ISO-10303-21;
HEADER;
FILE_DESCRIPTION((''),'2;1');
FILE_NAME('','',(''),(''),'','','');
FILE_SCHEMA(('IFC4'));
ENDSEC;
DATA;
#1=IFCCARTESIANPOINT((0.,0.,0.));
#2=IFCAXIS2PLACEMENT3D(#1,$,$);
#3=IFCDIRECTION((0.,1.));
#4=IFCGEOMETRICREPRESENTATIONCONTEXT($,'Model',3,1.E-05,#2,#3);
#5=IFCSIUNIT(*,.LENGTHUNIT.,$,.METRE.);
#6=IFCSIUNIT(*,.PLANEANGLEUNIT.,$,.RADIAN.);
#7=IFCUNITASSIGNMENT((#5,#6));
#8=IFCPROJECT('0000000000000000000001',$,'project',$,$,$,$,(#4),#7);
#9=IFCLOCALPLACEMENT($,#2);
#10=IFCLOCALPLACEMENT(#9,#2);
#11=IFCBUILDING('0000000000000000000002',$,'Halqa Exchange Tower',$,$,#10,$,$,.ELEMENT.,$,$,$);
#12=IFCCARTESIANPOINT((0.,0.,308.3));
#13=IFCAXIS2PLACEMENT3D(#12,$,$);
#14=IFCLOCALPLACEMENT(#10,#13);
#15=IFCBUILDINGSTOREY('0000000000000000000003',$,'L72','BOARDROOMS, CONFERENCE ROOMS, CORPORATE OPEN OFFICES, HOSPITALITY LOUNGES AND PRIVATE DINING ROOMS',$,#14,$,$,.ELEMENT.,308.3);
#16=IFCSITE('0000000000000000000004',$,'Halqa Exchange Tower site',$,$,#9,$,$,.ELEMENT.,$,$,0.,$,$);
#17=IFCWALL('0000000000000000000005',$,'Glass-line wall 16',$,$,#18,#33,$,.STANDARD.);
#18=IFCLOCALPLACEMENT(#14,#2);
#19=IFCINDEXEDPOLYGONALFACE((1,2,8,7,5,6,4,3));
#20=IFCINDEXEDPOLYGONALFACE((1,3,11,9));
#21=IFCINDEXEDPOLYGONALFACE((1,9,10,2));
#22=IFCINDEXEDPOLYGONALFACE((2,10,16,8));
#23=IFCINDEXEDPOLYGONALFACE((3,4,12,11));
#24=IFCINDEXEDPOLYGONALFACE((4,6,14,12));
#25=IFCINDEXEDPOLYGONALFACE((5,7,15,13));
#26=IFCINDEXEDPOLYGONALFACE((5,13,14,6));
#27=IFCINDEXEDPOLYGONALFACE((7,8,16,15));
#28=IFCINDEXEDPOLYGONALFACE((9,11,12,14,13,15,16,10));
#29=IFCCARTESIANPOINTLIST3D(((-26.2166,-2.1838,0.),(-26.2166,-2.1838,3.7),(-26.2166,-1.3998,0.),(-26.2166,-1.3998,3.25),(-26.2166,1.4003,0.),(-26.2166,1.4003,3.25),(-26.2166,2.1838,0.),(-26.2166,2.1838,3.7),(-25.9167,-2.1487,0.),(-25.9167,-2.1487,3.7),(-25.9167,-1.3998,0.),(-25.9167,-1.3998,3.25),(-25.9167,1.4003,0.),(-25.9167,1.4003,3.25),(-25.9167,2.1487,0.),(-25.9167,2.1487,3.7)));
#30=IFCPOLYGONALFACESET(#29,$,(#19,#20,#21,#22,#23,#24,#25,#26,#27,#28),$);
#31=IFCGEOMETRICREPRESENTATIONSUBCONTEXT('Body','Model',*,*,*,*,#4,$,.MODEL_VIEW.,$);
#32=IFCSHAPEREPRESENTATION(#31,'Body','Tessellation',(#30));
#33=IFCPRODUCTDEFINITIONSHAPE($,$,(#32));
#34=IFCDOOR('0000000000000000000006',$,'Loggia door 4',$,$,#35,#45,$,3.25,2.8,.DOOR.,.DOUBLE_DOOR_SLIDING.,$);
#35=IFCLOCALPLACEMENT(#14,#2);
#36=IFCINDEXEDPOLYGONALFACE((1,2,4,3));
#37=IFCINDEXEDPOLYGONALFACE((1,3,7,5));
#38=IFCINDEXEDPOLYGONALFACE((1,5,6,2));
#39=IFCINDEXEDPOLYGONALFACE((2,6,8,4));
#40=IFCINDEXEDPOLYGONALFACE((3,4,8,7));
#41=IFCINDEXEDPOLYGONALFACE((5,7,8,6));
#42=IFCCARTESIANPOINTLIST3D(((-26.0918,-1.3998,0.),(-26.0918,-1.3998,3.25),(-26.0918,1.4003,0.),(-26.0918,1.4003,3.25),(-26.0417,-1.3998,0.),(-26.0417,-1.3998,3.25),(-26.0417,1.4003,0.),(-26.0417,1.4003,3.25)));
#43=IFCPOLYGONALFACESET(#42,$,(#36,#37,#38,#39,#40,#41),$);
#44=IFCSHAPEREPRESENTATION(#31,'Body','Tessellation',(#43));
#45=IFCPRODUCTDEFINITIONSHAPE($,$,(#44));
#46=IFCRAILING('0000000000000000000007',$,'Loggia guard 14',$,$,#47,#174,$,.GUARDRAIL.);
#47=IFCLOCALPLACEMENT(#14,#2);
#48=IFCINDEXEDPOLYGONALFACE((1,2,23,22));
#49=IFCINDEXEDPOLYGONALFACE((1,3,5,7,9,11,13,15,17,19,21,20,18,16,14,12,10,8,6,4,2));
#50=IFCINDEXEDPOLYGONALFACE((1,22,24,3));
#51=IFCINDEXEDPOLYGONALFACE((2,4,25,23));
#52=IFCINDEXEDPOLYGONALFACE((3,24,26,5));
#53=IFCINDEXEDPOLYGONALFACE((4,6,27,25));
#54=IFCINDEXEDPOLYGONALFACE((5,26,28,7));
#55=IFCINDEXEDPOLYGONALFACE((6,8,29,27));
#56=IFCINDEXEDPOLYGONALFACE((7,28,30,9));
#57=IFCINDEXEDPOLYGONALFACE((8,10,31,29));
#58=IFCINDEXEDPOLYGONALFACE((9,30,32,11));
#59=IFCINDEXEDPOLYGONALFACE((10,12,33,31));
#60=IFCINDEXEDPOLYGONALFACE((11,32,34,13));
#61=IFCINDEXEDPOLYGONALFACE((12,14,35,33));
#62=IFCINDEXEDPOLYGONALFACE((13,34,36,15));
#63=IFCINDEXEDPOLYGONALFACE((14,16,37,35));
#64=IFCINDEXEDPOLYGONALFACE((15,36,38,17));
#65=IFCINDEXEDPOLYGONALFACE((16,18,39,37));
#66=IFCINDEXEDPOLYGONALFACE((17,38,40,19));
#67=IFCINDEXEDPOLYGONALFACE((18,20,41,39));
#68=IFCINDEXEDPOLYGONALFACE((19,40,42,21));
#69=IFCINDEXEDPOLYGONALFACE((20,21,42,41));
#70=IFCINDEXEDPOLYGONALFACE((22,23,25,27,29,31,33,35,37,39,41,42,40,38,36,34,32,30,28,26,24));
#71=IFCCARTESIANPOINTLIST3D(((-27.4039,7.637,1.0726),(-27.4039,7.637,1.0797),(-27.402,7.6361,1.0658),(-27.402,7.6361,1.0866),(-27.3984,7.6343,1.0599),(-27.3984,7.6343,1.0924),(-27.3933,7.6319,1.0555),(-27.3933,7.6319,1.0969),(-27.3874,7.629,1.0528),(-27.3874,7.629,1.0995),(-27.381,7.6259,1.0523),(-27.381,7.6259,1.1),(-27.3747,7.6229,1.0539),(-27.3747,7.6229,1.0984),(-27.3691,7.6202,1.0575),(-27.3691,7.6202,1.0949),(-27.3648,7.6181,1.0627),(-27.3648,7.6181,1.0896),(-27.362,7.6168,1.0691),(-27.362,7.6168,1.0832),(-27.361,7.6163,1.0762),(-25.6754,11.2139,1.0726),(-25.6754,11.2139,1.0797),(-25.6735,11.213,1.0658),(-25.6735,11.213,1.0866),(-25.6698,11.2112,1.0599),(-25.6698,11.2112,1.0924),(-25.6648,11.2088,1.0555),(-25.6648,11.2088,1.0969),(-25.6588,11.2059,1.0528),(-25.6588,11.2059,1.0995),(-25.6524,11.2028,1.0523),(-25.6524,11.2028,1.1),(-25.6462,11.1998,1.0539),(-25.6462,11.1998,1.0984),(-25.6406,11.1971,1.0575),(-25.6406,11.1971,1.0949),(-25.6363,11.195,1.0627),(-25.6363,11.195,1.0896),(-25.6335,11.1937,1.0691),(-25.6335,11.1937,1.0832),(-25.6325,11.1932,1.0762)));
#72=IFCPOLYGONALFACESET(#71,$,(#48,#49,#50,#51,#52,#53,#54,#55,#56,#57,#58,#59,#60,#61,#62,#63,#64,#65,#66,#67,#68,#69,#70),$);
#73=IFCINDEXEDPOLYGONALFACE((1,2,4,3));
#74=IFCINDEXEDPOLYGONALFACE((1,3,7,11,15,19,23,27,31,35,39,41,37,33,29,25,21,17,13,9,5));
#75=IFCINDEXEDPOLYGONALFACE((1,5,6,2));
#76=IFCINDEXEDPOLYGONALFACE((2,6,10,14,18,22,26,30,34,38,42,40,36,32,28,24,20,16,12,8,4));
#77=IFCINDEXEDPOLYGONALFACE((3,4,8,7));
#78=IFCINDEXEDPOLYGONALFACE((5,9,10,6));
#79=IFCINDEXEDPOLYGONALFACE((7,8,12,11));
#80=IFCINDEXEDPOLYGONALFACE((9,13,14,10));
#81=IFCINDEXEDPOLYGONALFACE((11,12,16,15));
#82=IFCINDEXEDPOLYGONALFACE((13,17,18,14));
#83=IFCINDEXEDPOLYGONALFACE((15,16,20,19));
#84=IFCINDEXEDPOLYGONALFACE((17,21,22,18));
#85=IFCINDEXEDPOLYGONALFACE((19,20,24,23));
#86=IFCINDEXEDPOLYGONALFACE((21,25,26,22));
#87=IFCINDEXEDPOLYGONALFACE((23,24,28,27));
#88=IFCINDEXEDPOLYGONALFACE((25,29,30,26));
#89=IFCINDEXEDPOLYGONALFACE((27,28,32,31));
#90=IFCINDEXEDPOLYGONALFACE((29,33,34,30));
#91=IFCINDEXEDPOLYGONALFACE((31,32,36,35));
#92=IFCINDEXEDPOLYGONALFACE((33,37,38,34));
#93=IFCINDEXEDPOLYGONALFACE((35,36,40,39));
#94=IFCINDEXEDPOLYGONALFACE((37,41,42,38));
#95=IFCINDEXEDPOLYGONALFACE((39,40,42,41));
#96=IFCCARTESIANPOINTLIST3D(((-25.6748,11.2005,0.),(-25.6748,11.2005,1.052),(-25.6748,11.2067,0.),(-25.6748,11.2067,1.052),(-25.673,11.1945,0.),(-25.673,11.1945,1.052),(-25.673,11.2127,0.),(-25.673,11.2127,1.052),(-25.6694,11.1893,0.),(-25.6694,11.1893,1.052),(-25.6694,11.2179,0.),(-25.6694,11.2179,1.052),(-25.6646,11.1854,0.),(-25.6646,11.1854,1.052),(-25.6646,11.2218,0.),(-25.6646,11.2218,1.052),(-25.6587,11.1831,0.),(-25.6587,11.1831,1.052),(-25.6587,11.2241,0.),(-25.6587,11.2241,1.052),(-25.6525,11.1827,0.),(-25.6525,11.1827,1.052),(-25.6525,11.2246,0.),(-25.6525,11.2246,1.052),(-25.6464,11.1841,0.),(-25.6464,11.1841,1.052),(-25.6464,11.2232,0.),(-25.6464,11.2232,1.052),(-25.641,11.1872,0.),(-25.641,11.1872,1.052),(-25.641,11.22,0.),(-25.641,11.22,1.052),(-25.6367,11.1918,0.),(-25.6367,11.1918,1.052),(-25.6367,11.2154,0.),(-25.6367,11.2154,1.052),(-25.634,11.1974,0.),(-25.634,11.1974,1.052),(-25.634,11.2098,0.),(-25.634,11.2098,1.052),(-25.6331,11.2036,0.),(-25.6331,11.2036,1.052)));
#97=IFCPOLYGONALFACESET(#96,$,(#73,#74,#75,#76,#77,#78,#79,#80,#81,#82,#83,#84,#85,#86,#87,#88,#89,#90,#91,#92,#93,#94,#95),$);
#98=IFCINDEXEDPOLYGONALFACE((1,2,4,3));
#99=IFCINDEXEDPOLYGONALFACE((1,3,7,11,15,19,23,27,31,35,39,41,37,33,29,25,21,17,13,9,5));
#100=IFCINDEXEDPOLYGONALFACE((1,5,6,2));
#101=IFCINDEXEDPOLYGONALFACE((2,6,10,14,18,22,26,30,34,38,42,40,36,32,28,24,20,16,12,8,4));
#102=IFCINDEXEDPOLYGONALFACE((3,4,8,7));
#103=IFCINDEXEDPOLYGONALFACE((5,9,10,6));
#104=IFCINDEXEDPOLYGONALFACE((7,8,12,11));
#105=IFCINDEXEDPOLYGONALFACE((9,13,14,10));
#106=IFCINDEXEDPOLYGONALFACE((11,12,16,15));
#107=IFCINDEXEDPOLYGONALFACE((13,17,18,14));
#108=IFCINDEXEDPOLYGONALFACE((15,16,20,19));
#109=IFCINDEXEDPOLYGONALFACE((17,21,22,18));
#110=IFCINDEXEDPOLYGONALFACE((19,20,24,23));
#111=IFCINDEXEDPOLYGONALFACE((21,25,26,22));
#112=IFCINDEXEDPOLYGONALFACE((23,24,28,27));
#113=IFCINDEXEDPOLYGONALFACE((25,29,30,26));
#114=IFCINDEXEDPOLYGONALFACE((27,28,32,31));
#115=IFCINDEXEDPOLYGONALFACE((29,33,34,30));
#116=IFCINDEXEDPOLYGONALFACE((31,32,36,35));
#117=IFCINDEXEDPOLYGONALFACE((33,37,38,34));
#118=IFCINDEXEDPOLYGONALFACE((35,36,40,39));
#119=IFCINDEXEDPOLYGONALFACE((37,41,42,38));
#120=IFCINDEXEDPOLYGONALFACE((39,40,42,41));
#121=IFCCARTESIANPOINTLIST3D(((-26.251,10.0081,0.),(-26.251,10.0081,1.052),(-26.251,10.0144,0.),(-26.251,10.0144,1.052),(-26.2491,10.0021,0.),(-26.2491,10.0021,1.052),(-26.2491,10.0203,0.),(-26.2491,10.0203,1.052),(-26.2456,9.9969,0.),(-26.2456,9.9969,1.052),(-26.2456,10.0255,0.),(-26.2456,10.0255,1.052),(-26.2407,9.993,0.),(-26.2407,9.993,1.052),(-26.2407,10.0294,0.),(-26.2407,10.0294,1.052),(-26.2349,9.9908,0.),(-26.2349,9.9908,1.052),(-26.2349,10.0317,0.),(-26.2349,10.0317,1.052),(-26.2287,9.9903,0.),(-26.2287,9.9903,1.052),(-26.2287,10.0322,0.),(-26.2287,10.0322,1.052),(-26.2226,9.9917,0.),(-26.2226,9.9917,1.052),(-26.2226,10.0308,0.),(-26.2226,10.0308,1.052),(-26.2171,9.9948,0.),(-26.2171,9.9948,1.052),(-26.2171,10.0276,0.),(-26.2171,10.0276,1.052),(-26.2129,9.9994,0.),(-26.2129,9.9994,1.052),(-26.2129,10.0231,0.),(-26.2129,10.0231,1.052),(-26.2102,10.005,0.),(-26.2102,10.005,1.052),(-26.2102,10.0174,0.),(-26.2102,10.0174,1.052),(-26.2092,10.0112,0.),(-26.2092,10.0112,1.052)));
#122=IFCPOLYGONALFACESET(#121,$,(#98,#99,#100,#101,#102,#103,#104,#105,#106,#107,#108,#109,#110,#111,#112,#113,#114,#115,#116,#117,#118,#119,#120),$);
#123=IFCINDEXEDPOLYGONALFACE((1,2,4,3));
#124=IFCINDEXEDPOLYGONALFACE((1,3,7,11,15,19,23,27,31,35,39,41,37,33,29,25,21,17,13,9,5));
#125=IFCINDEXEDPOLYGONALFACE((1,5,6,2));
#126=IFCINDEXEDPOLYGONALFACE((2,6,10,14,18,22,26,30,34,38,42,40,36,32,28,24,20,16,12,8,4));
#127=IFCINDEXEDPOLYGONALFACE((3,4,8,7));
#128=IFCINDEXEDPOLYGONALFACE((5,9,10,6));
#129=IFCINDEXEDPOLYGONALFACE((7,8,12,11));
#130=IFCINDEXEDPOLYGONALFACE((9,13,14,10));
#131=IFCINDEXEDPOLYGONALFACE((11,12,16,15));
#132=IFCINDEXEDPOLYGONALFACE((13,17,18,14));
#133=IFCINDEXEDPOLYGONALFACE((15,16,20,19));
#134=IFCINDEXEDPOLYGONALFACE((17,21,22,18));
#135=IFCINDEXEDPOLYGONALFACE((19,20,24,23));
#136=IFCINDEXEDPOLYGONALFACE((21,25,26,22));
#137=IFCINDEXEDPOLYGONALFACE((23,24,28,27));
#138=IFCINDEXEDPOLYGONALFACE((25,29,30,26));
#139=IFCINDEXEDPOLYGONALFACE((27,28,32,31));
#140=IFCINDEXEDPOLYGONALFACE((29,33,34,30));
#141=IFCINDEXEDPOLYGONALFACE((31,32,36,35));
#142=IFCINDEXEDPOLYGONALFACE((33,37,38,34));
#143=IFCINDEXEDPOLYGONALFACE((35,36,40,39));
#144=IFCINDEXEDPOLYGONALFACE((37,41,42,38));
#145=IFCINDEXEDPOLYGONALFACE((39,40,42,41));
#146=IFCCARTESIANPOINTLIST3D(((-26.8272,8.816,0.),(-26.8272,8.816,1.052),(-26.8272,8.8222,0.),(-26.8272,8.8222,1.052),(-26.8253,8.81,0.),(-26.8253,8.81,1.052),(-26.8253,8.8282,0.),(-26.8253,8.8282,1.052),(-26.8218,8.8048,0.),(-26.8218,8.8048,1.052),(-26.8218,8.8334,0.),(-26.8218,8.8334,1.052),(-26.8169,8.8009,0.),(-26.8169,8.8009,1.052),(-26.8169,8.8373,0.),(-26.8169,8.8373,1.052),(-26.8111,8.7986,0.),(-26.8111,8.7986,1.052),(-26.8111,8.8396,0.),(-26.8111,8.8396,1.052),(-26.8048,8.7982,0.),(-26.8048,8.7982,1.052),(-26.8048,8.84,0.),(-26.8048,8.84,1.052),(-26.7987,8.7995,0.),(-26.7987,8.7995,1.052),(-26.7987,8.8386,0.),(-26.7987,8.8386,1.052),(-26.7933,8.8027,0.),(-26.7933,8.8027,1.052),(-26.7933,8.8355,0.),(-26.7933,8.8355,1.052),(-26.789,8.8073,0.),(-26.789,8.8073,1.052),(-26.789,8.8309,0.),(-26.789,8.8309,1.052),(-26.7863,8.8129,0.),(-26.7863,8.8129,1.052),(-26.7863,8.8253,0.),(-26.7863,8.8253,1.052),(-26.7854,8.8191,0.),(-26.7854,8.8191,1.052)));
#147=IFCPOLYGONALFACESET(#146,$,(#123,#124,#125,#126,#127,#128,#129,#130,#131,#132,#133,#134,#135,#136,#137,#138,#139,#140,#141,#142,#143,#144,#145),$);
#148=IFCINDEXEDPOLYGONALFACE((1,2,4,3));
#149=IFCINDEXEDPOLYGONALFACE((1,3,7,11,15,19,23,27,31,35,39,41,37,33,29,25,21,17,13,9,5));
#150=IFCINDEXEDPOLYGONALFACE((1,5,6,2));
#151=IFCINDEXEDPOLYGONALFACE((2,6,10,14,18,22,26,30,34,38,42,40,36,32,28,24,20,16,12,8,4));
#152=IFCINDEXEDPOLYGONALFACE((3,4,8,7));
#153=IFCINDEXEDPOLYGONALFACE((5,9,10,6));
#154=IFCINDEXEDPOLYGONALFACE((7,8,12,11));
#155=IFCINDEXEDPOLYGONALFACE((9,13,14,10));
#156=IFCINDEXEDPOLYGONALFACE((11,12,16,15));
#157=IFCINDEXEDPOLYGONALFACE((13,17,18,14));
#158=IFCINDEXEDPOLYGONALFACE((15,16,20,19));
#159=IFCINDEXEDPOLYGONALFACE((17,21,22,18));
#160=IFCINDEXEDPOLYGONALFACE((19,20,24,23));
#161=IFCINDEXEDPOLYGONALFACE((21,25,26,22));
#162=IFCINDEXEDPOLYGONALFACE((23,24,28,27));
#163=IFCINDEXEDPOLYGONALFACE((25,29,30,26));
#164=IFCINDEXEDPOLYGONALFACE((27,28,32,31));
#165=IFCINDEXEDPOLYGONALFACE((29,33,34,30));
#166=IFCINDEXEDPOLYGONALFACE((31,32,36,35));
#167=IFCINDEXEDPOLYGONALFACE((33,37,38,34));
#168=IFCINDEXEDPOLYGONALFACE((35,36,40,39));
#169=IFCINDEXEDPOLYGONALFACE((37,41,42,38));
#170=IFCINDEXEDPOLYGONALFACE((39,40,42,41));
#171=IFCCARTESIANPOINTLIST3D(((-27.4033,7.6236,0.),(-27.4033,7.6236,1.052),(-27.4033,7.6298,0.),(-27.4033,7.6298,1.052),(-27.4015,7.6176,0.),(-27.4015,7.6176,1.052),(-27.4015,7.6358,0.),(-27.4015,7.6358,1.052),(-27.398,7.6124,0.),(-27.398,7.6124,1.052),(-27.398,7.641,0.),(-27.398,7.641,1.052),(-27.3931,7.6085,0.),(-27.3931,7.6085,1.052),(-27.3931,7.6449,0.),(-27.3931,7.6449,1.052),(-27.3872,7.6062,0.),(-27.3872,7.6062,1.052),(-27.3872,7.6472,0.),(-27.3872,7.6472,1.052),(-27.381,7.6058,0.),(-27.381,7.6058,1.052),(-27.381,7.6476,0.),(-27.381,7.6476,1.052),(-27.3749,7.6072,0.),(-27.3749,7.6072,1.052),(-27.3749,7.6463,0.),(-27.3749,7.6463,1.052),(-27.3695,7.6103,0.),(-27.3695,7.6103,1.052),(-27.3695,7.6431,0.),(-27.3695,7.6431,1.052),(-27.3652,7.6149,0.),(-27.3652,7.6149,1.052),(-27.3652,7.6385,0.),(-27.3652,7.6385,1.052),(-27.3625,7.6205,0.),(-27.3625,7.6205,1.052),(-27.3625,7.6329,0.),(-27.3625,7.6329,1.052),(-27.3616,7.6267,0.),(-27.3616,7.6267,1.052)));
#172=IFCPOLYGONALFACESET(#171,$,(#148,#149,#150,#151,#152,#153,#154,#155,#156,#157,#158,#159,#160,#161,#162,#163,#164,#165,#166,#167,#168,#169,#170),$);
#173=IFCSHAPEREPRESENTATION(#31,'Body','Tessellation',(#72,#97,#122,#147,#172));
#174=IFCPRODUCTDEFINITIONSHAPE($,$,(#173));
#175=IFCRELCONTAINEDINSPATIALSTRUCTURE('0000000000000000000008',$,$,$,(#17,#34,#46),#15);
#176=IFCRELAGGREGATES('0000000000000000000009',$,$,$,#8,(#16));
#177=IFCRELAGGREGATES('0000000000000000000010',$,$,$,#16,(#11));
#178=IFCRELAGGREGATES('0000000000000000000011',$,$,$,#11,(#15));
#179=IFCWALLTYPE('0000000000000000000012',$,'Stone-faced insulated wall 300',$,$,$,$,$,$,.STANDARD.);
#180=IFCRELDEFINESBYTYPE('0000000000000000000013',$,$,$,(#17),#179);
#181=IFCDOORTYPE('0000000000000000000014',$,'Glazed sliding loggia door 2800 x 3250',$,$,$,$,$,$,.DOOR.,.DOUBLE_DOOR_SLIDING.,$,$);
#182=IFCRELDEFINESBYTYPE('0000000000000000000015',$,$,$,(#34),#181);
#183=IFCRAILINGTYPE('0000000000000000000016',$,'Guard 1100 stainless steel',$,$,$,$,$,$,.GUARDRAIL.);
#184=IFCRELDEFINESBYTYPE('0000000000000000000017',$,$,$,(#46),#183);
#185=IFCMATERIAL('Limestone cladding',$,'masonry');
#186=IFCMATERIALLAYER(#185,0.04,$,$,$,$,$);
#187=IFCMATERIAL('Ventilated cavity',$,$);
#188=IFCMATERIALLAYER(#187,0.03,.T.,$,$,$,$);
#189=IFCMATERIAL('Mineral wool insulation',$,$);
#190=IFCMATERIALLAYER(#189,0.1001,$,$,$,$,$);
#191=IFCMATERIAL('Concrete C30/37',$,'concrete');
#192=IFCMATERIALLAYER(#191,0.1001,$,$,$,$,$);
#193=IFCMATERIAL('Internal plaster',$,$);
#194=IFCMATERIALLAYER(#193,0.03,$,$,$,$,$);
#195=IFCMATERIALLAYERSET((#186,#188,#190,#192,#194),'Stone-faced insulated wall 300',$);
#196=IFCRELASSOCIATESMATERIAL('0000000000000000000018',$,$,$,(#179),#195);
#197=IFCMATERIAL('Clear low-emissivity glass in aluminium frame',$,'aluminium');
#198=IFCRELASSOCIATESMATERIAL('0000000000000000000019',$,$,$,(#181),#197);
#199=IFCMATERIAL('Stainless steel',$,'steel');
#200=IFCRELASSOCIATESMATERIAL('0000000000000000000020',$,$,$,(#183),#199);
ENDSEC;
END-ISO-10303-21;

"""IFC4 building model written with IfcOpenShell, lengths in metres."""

from ifc_helpers import new_model, si_unit, direction, frame, frame_2d, origin, origin_2d, place, context, subcontext, project, spatial, polyline, rectangle, circle, outline, extrude, material, layer, layer_set, type_object, element, fill, save


model = new_model("IFC4")

# Units and contexts
model_context = context("Model", 3, precision=1e-05, world=origin(), true_north=direction((0.0, 1.0)))
body_context = subcontext(model_context, "Body", "Model", "MODEL_VIEW")
ifc_project = project(units=[si_unit("LENGTHUNIT", "METRE"), si_unit("PLANEANGLEUNIT", "RADIAN")], contexts=[model_context])

# Site, building, storey
site_placement = place(None, origin())
site = spatial("IfcSite", under=ifc_project, at=site_placement, Name="Halqa Exchange Tower site", CompositionType="ELEMENT", RefElevation=0.0)
building_placement = place(site_placement, origin())
building = spatial("IfcBuilding", under=site, at=building_placement, Name="Halqa Exchange Tower", CompositionType="ELEMENT")
storey_placement = place(building_placement, frame((0.0, 0.0, 308.3)))
storey = spatial("IfcBuildingStorey", under=building, at=storey_placement, Name="L72", Description="BOARDROOMS, CONFERENCE ROOMS, CORPORATE OPEN OFFICES, HOSPITALITY LOUNGES AND PRIVATE DINING ROOMS", CompositionType="ELEMENT", Elevation=308.3)

# Shared definitions
ifc_material_1 = material(Name="Limestone cladding", Category="masonry")
ifc_layer_1 = layer(ifc_material_1, 0.04)
ifc_material_2 = material(Name="Ventilated cavity")
ifc_layer_2 = layer(ifc_material_2, 0.03, ventilated=True)
ifc_material_3 = material(Name="Mineral wool insulation")
ifc_layer_3 = layer(ifc_material_3, 0.1001)
ifc_material_4 = material(Name="Concrete C30/37", Category="concrete")
ifc_layer_4 = layer(ifc_material_4, 0.1001)
ifc_material_5 = material(Name="Internal plaster")
ifc_layer_5 = layer(ifc_material_5, 0.03)
ifc_layer_set_1 = layer_set([ifc_layer_1, ifc_layer_2, ifc_layer_3, ifc_layer_4, ifc_layer_5], Name="Stone-faced insulated wall 300")
wall_type_1 = type_object("IfcWallType", Name="Stone-faced insulated wall 300", PredefinedType="STANDARD", material=ifc_layer_set_1)
ifc_material_6 = material(Name="Clear low-emissivity glass in aluminium frame", Category="aluminium")

# Wall, opening, door
wall_1_placement = place(storey_placement, frame((-26.0667, 2.1663, 0.0), z_axis=(0.0, 0.0, 1.0), x_axis=(0.0, -1.0, 0.0)))
wall_1 = element("IfcWall", 1, at=wall_1_placement, inside=storey, type_object=wall_type_1, Name="Glass-line wall 16", PredefinedType="STANDARD", context=body_context, shape_type="SweptSolid", body=[
    extrude(outline(polyline([(-0.0176, -0.1499), (4.3501, -0.1499), (4.3149, 0.1499), (0.0176, 0.1499), (-0.0176, -0.1499)])), origin(), (0.0, 0.0, 1.0), 3.7),
])
opening_1_placement = place(wall_1_placement, frame((0.7661, 0.0, 0.0)))
opening_1 = element("IfcOpeningElement", 2, at=opening_1_placement, cuts=wall_1, PredefinedType="OPENING", context=body_context, shape_type="SweptSolid", body=[
    extrude(rectangle(XDim=2.8, YDim=3.25, at=frame_2d((1.3999, 1.625))), frame((0.0, 0.1621, 0.0), z_axis=(0.0, -1.0, 0.0), x_axis=(1.0, 0.0, 0.0)), (0.0, 0.0, 1.0), 0.324),
])
door_type = type_object("IfcDoorType", Name="Glazed sliding loggia door 2800 x 3250", OperationType="DOUBLE_DOOR_SLIDING", PredefinedType="DOOR", material=ifc_material_6)
door_placement = place(opening_1_placement, origin())
door = element("IfcDoor", 3, at=door_placement, inside=storey, type_object=door_type, Name="Loggia door 4", OperationType="DOUBLE_DOOR_SLIDING", OverallHeight=3.25, OverallWidth=2.8, PredefinedType="DOOR", context=body_context, shape_type="SweptSolid", body=[
    extrude(rectangle(XDim=2.8, YDim=3.25, at=frame_2d((1.3999, 1.625))), frame((0.0, 0.0249, 0.0), z_axis=(0.0, -1.0, 0.0), x_axis=(1.0, 0.0, 0.0)), (0.0, 0.0, 1.0), 0.05),
])
fill(opening_1, door)

# Railing
ifc_material_7 = material(Name="Stainless steel", Category="steel")
railing_type = type_object("IfcRailingType", Name="Guard 1100 stainless steel", PredefinedType="GUARDRAIL", material=ifc_material_7)
railing_1_placement = place(storey_placement, frame((-25.6541, 11.2036, 0.0)))
element("IfcRailing", 4, at=railing_1_placement, inside=storey, type_object=railing_type, Name="Loggia guard 14", PredefinedType="GUARDRAIL", context=body_context, shape_type="SweptSolid", body=[
    extrude(circle(Radius=0.0239, at=origin_2d()), frame((0.0, 0.0, 1.0762), z_axis=(-0.435103, -0.900381, 0.0), x_axis=(0.900381, -0.435103, 0.0)), (0.0, 0.0, 1.0), 3.9727),
    extrude(circle(Radius=0.021, at=origin_2d()), origin(), (0.0, 0.0, 1.0), 1.052),
    extrude(circle(Radius=0.021, at=origin_2d()), frame((-0.5762, -1.1924, 0.0)), (0.0, 0.0, 1.0), 1.052),
    extrude(circle(Radius=0.021, at=origin_2d()), frame((-1.1523, -2.3845, 0.0)), (0.0, 0.0, 1.0), 1.052),
    extrude(circle(Radius=0.021, at=origin_2d()), frame((-1.7285, -3.5769, 0.0)), (0.0, 0.0, 1.0), 1.052),
])

save(model, "model.ifc")
